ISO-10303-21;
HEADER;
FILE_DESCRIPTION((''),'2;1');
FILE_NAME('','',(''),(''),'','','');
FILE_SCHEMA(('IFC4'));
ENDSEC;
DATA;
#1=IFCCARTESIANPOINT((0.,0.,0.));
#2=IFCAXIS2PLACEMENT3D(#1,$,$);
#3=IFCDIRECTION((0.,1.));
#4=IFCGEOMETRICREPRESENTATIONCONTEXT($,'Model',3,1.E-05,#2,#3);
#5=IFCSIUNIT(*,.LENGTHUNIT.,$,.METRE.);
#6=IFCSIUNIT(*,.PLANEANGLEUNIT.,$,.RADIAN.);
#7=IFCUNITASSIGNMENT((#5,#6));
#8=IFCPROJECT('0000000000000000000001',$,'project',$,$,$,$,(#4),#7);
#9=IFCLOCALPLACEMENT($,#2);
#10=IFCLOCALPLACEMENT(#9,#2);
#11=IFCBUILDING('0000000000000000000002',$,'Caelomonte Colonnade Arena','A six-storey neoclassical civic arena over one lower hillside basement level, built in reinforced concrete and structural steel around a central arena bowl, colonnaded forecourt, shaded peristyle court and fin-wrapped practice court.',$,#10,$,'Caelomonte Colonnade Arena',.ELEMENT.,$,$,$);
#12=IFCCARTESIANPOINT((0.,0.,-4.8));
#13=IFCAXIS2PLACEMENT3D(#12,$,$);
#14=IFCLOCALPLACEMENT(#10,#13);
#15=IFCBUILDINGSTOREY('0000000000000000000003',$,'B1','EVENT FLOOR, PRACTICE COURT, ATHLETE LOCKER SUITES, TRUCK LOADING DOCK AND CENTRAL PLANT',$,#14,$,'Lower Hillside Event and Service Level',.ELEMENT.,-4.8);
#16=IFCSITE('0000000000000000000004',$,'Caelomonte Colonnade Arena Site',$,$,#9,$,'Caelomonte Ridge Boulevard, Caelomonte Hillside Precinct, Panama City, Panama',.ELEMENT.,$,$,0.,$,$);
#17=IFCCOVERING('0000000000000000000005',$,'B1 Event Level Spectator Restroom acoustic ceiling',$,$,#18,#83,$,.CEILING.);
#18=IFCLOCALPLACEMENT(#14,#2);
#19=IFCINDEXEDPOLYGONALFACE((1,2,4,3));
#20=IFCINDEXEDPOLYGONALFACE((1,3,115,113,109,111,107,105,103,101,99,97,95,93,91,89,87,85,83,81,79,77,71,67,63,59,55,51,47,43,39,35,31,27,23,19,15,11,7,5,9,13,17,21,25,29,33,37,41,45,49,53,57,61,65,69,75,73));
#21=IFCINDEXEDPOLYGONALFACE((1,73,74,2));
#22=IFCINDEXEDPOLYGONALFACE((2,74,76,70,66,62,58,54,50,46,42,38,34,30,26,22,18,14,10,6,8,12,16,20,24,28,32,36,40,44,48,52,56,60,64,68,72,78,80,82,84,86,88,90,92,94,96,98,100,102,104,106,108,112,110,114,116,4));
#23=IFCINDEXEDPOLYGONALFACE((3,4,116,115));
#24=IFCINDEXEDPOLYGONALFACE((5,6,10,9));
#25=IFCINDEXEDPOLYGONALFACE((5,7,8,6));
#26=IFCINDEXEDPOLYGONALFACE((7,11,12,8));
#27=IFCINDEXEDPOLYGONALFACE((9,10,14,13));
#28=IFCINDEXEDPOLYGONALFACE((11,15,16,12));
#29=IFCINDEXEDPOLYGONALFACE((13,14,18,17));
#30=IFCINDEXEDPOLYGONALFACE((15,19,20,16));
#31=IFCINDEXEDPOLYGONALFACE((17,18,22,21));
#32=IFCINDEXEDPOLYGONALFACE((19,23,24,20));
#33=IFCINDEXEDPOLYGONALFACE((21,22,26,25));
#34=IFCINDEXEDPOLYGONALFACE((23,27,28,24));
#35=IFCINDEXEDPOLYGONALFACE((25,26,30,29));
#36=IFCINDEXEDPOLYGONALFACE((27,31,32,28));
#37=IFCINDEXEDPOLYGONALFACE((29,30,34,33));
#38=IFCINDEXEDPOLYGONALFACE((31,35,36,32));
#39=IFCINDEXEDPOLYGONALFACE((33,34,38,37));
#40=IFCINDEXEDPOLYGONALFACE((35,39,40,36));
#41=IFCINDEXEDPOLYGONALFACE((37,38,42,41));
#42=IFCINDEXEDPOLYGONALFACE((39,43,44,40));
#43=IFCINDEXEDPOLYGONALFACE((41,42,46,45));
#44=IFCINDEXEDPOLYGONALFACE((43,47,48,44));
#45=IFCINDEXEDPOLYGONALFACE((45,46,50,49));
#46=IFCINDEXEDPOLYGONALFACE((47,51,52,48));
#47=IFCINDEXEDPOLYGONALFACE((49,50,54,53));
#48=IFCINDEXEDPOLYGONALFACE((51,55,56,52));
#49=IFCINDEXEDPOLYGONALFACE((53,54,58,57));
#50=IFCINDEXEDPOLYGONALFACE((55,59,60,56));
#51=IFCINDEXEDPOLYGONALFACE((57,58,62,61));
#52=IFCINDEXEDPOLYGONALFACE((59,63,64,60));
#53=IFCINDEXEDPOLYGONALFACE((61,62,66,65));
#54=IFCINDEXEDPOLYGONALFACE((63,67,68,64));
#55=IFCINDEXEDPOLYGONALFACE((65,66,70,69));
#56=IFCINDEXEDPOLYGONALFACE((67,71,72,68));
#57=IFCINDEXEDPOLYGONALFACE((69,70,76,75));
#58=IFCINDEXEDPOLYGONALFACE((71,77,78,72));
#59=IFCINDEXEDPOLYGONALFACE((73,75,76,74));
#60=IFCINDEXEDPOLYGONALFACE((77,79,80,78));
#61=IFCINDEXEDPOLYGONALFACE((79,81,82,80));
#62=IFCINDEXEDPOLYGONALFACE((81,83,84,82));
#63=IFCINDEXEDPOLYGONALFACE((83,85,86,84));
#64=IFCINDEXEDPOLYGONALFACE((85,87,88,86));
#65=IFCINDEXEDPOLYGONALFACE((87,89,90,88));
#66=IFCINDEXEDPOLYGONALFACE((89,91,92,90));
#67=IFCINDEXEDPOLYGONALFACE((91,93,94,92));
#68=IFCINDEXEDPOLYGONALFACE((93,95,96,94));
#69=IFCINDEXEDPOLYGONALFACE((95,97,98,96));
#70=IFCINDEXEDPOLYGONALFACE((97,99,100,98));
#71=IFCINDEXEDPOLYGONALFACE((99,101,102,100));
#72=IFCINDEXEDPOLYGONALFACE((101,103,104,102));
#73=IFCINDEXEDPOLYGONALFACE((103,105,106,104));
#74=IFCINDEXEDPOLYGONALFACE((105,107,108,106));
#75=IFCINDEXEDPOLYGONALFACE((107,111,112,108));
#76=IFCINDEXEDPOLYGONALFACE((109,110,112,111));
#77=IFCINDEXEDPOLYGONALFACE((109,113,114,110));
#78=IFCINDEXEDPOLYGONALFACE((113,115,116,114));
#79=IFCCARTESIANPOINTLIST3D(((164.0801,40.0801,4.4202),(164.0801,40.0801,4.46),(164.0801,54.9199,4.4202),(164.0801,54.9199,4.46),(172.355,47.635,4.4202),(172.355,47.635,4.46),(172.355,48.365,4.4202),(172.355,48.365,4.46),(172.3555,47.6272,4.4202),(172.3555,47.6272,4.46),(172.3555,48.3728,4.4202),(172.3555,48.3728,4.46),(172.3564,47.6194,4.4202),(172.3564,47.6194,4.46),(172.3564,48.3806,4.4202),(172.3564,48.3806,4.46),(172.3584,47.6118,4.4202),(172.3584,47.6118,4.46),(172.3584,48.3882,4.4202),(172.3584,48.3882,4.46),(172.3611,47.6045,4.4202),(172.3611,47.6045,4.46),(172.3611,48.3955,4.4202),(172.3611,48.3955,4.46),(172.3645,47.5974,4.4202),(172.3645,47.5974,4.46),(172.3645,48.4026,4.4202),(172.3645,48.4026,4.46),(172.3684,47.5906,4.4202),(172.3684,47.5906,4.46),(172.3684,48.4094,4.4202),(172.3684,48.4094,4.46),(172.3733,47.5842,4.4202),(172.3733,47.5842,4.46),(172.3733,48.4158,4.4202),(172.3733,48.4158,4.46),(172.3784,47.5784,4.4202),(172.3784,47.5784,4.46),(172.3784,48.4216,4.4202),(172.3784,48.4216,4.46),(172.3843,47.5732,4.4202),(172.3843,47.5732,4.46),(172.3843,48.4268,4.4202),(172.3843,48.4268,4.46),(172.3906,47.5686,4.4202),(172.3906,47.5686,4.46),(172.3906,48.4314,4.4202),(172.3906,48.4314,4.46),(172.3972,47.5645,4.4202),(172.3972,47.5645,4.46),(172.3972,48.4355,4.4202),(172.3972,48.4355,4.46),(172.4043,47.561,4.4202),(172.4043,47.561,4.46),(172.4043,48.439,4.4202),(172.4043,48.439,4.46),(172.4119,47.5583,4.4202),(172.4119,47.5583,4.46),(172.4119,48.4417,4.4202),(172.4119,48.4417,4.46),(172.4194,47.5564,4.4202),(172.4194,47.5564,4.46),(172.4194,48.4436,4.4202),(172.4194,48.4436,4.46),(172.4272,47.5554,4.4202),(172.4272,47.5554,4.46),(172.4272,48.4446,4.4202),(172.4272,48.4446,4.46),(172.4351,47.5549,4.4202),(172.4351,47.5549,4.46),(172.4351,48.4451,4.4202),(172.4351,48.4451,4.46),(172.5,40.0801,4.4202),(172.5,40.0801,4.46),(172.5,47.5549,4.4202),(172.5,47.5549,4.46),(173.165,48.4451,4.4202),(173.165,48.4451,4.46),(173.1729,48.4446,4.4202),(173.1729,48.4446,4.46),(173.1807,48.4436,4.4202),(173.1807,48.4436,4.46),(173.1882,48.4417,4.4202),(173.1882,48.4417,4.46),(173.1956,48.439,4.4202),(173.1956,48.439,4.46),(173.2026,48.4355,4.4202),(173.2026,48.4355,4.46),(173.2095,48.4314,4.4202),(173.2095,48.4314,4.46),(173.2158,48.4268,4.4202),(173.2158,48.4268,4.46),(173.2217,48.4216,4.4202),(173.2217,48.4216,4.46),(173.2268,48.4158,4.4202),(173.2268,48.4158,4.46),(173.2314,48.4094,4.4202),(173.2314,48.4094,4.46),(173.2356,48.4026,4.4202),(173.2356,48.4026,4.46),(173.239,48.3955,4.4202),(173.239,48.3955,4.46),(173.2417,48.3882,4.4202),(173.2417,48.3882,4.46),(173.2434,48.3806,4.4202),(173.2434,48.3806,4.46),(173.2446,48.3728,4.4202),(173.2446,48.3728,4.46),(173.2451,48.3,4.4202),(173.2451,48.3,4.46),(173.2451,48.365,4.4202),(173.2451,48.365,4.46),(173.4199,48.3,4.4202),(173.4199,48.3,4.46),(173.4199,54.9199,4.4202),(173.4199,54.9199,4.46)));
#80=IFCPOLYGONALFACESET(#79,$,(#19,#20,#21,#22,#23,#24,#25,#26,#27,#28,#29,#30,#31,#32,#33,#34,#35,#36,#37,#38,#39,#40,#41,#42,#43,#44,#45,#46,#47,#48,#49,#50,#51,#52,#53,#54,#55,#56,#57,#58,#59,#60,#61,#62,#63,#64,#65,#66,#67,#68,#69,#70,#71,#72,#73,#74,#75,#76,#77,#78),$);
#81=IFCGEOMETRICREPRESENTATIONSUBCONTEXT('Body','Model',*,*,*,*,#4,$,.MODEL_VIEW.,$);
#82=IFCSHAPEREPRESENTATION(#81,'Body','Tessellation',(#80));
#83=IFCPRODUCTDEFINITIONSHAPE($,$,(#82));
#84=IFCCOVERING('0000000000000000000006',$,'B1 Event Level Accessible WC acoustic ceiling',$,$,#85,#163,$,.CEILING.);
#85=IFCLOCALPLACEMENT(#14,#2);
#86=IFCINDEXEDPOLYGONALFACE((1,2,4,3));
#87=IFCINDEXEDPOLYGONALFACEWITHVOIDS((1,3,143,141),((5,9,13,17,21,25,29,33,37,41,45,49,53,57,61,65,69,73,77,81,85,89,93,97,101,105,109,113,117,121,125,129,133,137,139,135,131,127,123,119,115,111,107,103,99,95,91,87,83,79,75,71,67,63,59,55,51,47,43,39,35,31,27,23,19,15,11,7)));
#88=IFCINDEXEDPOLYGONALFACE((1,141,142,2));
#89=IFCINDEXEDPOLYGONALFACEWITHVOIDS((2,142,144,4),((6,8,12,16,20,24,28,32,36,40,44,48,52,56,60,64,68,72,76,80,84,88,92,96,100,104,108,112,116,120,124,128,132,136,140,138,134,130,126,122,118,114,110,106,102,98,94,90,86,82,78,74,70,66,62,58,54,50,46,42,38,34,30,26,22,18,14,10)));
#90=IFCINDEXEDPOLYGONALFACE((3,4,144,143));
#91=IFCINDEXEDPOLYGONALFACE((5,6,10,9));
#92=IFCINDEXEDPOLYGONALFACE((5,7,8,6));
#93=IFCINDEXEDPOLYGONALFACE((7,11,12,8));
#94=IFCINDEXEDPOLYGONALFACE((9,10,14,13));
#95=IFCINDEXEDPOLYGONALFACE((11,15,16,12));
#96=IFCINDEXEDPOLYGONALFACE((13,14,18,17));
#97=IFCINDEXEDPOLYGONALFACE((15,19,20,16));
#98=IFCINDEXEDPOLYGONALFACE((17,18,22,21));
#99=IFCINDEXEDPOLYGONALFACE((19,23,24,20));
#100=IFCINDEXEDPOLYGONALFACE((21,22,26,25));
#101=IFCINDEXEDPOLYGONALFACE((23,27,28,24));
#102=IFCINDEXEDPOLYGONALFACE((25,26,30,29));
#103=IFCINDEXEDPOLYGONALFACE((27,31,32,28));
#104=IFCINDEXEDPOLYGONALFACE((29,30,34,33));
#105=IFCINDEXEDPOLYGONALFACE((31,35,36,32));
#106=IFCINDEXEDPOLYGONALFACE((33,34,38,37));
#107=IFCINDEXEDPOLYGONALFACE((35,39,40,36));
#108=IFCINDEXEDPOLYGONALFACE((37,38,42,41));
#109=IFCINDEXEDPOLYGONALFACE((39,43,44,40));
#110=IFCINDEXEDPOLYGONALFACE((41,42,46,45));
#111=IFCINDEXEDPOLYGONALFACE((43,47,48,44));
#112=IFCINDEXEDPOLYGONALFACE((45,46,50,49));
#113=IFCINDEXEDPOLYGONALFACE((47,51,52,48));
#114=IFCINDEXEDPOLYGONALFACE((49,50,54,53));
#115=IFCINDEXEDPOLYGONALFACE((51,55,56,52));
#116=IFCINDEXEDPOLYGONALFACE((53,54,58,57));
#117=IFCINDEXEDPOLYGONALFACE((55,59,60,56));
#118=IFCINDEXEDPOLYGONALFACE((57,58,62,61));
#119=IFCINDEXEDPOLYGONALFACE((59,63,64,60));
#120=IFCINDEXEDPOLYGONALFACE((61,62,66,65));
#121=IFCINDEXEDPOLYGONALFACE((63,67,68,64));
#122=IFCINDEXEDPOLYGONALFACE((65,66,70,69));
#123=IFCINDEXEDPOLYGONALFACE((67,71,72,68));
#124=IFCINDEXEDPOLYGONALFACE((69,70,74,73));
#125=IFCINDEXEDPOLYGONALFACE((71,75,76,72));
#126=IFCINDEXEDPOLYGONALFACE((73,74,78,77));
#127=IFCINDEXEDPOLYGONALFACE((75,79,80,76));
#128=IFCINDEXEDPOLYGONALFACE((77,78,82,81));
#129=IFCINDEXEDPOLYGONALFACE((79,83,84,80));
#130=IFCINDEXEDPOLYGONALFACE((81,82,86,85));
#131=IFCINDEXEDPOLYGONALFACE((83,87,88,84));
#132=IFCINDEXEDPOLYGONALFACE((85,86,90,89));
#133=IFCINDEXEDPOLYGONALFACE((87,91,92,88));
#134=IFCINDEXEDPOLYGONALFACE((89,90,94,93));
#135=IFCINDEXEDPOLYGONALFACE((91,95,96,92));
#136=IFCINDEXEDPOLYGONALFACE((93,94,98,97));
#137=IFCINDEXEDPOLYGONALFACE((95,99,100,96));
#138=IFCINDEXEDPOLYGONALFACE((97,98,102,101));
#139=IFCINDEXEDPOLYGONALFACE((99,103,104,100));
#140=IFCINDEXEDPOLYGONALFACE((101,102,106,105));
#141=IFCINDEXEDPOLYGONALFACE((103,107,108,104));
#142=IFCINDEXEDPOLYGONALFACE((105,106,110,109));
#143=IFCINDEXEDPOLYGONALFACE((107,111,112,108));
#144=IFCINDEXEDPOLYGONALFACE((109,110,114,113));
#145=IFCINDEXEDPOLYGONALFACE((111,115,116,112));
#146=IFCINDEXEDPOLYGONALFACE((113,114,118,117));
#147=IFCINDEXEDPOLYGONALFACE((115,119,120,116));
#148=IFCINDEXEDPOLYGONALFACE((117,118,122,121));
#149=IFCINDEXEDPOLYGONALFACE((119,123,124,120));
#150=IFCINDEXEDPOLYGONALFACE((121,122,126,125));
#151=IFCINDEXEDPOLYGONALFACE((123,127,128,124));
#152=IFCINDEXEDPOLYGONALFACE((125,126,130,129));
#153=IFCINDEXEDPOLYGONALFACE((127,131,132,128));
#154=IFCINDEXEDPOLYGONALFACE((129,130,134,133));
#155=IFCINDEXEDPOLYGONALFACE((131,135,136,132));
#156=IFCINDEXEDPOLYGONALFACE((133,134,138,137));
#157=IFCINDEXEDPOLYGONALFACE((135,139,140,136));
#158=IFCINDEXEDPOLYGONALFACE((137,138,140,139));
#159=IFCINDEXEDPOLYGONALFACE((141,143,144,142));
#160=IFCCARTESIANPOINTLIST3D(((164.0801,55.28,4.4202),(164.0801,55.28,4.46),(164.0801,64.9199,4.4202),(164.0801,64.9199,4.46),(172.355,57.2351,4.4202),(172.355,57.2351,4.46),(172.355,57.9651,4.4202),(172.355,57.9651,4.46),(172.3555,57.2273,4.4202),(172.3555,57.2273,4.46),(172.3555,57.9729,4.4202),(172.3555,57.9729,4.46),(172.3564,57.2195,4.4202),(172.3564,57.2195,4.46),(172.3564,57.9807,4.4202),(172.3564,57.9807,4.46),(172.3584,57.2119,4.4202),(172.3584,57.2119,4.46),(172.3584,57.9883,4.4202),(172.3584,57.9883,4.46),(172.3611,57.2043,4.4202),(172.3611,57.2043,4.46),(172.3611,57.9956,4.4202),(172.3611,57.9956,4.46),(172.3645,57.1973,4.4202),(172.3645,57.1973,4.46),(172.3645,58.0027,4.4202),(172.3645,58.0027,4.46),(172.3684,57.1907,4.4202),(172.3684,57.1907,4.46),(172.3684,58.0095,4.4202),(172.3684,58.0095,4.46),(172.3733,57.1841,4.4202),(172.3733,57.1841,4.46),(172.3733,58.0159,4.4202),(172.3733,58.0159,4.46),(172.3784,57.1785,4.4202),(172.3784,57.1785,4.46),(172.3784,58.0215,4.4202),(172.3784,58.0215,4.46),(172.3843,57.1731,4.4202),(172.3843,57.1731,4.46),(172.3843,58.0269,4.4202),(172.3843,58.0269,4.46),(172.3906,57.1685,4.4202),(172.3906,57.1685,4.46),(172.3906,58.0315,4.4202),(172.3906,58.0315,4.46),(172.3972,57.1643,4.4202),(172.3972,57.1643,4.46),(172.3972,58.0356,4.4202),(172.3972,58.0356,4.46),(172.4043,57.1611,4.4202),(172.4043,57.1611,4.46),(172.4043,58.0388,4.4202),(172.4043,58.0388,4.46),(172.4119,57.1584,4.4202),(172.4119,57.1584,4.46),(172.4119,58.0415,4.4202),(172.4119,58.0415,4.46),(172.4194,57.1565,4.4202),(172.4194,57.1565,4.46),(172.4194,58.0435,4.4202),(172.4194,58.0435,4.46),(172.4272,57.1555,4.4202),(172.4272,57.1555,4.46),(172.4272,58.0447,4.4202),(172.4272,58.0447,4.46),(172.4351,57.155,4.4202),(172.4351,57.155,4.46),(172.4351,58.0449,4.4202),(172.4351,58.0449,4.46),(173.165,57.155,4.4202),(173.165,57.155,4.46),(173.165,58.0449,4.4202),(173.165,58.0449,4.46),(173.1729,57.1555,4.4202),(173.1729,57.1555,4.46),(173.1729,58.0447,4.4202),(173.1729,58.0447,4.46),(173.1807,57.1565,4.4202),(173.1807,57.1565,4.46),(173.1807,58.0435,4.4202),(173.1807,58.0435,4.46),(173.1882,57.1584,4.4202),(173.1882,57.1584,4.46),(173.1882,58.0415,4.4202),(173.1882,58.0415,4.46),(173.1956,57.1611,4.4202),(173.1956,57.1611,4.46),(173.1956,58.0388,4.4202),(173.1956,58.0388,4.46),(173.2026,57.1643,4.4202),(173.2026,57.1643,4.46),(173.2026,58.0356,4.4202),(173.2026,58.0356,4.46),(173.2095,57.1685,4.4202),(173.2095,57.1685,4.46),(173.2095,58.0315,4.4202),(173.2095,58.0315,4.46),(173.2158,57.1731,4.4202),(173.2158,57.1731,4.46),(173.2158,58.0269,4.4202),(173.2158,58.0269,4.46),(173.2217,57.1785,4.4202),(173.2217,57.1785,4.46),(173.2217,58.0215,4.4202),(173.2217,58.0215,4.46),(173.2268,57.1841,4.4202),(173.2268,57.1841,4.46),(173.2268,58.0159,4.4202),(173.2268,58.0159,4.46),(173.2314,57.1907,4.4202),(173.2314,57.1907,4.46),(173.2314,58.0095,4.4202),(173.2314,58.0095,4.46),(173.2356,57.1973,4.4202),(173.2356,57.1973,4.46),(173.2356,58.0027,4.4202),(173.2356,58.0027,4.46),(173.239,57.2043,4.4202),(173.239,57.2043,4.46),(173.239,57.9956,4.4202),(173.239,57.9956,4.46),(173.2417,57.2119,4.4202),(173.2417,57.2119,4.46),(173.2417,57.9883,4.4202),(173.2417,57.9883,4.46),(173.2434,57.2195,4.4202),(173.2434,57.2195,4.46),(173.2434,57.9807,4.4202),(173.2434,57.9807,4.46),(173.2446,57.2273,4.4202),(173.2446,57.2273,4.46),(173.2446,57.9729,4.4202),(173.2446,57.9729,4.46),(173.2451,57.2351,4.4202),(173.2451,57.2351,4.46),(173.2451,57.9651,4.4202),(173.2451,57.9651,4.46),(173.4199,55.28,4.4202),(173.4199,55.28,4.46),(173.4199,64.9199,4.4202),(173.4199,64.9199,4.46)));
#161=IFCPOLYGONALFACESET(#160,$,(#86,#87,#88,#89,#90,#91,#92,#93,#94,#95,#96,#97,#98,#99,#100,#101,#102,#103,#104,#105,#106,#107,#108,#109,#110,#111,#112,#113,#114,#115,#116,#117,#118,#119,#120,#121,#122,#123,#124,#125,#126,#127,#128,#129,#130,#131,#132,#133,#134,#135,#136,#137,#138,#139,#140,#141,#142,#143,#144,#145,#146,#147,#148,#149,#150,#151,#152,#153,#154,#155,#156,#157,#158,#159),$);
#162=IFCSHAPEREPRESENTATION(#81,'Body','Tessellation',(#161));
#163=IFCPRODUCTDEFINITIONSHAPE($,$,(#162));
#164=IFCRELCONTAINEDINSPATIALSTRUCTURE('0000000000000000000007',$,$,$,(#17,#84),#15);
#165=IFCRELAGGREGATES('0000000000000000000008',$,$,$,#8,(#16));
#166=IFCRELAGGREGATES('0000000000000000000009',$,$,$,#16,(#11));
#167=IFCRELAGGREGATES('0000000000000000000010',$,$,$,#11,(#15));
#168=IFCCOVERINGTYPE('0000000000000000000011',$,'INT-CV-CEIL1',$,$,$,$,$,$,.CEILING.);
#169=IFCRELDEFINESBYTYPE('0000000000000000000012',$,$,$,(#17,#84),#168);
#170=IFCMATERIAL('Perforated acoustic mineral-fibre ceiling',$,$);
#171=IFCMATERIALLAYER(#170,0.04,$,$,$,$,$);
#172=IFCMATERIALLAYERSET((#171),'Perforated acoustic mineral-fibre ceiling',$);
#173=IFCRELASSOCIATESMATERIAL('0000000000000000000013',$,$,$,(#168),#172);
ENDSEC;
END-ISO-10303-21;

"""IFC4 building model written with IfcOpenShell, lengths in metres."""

from ifc_helpers import new_model, si_unit, direction, frame, origin, place, context, subcontext, project, spatial, polyline, outline, extrude, material, layer, layer_set, type_object, element, save


model = new_model("IFC4")

# Units and contexts
model_context = context("Model", 3, precision=1e-05, world=origin(), true_north=direction((0.0, 1.0)))
body_context = subcontext(model_context, "Body", "Model", "MODEL_VIEW")
ifc_project = project(units=[si_unit("LENGTHUNIT", "METRE"), si_unit("PLANEANGLEUNIT", "RADIAN")], contexts=[model_context])

# Site, building, storey
site_placement = place(None, origin())
site = spatial("IfcSite", under=ifc_project, at=site_placement, Name="Caelomonte Colonnade Arena Site", LongName="Caelomonte Ridge Boulevard, Caelomonte Hillside Precinct, Panama City, Panama", CompositionType="ELEMENT", RefElevation=0.0)
building_placement = place(site_placement, origin())
building = spatial("IfcBuilding", under=site, at=building_placement, Name="Caelomonte Colonnade Arena", Description="A six-storey neoclassical civic arena over one lower hillside basement level, built in reinforced concrete and structural steel around a central arena bowl, colonnaded forecourt, shaded peristyle court and fin-wrapped practice court.", LongName="Caelomonte Colonnade Arena", CompositionType="ELEMENT")
storey_placement = place(building_placement, frame((0.0, 0.0, -4.8)))
storey = spatial("IfcBuildingStorey", under=building, at=storey_placement, Name="B1", Description="EVENT FLOOR, PRACTICE COURT, ATHLETE LOCKER SUITES, TRUCK LOADING DOCK AND CENTRAL PLANT", LongName="Lower Hillside Event and Service Level", CompositionType="ELEMENT", Elevation=-4.8)

# Coverings
ifc_material_1 = material(Name="Perforated acoustic mineral-fibre ceiling")
ifc_layer_1 = layer(ifc_material_1, 0.04)
ifc_layer_set_1 = layer_set([ifc_layer_1], Name="Perforated acoustic mineral-fibre ceiling")
covering_type = type_object("IfcCoveringType", Name="INT-CV-CEIL1", PredefinedType="CEILING", material=ifc_layer_set_1)
covering_1_placement = place(storey_placement, frame((0.0, 0.0, 4.4202)))
element("IfcCovering", 1, at=covering_1_placement, inside=storey, type_object=covering_type, Name="B1 Event Level Spectator Restroom acoustic ceiling", PredefinedType="CEILING", context=body_context, shape_type="SweptSolid", body=[
    extrude(outline(polyline([(173.2446, 48.3728), (173.2451, 48.365), (173.2451, 48.3), (173.4199, 48.3), (173.4199, 54.9199), (164.0801, 54.9199), (164.0801, 40.0801), (172.5, 40.0801), (172.5, 47.5549), (172.4351, 47.5549), (172.4272, 47.5554), (172.4194, 47.5564), (172.4119, 47.5583), (172.4043, 47.561), (172.3972, 47.5645), (172.3906, 47.5686), (172.3843, 47.5732), (172.3784, 47.5784), (172.3733, 47.5842), (172.3684, 47.5906), (172.3645, 47.5974), (172.3611, 47.6045), (172.3584, 47.6118), (172.3564, 47.6194), (172.3555, 47.6272), (172.355, 47.635), (172.355, 48.365), (172.3555, 48.3728), (172.3564, 48.3806), (172.3584, 48.3882), (172.3611, 48.3955), (172.3645, 48.4026), (172.3684, 48.4094), (172.3733, 48.4158), (172.3784, 48.4216), (172.3843, 48.4268), (172.3906, 48.4314), (172.3972, 48.4355), (172.4043, 48.439), (172.4119, 48.4417), (172.4194, 48.4436), (172.4272, 48.4446), (172.4351, 48.4451), (173.165, 48.4451), (173.1729, 48.4446), (173.1807, 48.4436), (173.1882, 48.4417), (173.1956, 48.439), (173.2026, 48.4355), (173.2095, 48.4314), (173.2158, 48.4268), (173.2217, 48.4216), (173.2268, 48.4158), (173.2314, 48.4094), (173.2356, 48.4026), (173.239, 48.3955), (173.2417, 48.3882), (173.2434, 48.3806), (173.2446, 48.3728)])), origin(), (0.0, 0.0, 1.0), 0.0398),
])
covering_2_placement = place(storey_placement, frame((0.0, 0.0, 4.4202)))
element("IfcCovering", 2, at=covering_2_placement, inside=storey, type_object=covering_type, Name="B1 Event Level Accessible WC acoustic ceiling", PredefinedType="CEILING", context=body_context, shape_type="SweptSolid", body=[
    extrude(outline(polyline([(173.4199, 64.9199), (164.0801, 64.9199), (164.0801, 55.28), (173.4199, 55.28), (173.4199, 64.9199)]), holes=[polyline([(172.3555, 57.2273), (172.355, 57.2351), (172.355, 57.9651), (172.3555, 57.9729), (172.3564, 57.9807), (172.3584, 57.9883), (172.3611, 57.9956), (172.3645, 58.0027), (172.3684, 58.0095), (172.3733, 58.0159), (172.3784, 58.0215), (172.3843, 58.0269), (172.3906, 58.0315), (172.3972, 58.0356), (172.4043, 58.0388), (172.4119, 58.0415), (172.4194, 58.0435), (172.4272, 58.0447), (172.4351, 58.0449), (173.165, 58.0449), (173.1729, 58.0447), (173.1807, 58.0435), (173.1882, 58.0415), (173.1956, 58.0388), (173.2026, 58.0356), (173.2095, 58.0315), (173.2158, 58.0269), (173.2217, 58.0215), (173.2268, 58.0159), (173.2314, 58.0095), (173.2356, 58.0027), (173.239, 57.9956), (173.2417, 57.9883), (173.2434, 57.9807), (173.2446, 57.9729), (173.2451, 57.9651), (173.2451, 57.2351), (173.2446, 57.2273), (173.2434, 57.2195), (173.2417, 57.2119), (173.239, 57.2043), (173.2356, 57.1973), (173.2314, 57.1907), (173.2268, 57.1841), (173.2217, 57.1785), (173.2158, 57.1731), (173.2095, 57.1685), (173.2026, 57.1643), (173.1956, 57.1611), (173.1882, 57.1584), (173.1807, 57.1565), (173.1729, 57.1555), (173.165, 57.155), (172.4351, 57.155), (172.4272, 57.1555), (172.4194, 57.1565), (172.4119, 57.1584), (172.4043, 57.1611), (172.3972, 57.1643), (172.3906, 57.1685), (172.3843, 57.1731), (172.3784, 57.1785), (172.3733, 57.1841), (172.3684, 57.1907), (172.3645, 57.1973), (172.3611, 57.2043), (172.3584, 57.2119), (172.3564, 57.2195), (172.3555, 57.2273)])]), origin(), (0.0, 0.0, 1.0), 0.0398),
])

save(model, "model.ifc")
